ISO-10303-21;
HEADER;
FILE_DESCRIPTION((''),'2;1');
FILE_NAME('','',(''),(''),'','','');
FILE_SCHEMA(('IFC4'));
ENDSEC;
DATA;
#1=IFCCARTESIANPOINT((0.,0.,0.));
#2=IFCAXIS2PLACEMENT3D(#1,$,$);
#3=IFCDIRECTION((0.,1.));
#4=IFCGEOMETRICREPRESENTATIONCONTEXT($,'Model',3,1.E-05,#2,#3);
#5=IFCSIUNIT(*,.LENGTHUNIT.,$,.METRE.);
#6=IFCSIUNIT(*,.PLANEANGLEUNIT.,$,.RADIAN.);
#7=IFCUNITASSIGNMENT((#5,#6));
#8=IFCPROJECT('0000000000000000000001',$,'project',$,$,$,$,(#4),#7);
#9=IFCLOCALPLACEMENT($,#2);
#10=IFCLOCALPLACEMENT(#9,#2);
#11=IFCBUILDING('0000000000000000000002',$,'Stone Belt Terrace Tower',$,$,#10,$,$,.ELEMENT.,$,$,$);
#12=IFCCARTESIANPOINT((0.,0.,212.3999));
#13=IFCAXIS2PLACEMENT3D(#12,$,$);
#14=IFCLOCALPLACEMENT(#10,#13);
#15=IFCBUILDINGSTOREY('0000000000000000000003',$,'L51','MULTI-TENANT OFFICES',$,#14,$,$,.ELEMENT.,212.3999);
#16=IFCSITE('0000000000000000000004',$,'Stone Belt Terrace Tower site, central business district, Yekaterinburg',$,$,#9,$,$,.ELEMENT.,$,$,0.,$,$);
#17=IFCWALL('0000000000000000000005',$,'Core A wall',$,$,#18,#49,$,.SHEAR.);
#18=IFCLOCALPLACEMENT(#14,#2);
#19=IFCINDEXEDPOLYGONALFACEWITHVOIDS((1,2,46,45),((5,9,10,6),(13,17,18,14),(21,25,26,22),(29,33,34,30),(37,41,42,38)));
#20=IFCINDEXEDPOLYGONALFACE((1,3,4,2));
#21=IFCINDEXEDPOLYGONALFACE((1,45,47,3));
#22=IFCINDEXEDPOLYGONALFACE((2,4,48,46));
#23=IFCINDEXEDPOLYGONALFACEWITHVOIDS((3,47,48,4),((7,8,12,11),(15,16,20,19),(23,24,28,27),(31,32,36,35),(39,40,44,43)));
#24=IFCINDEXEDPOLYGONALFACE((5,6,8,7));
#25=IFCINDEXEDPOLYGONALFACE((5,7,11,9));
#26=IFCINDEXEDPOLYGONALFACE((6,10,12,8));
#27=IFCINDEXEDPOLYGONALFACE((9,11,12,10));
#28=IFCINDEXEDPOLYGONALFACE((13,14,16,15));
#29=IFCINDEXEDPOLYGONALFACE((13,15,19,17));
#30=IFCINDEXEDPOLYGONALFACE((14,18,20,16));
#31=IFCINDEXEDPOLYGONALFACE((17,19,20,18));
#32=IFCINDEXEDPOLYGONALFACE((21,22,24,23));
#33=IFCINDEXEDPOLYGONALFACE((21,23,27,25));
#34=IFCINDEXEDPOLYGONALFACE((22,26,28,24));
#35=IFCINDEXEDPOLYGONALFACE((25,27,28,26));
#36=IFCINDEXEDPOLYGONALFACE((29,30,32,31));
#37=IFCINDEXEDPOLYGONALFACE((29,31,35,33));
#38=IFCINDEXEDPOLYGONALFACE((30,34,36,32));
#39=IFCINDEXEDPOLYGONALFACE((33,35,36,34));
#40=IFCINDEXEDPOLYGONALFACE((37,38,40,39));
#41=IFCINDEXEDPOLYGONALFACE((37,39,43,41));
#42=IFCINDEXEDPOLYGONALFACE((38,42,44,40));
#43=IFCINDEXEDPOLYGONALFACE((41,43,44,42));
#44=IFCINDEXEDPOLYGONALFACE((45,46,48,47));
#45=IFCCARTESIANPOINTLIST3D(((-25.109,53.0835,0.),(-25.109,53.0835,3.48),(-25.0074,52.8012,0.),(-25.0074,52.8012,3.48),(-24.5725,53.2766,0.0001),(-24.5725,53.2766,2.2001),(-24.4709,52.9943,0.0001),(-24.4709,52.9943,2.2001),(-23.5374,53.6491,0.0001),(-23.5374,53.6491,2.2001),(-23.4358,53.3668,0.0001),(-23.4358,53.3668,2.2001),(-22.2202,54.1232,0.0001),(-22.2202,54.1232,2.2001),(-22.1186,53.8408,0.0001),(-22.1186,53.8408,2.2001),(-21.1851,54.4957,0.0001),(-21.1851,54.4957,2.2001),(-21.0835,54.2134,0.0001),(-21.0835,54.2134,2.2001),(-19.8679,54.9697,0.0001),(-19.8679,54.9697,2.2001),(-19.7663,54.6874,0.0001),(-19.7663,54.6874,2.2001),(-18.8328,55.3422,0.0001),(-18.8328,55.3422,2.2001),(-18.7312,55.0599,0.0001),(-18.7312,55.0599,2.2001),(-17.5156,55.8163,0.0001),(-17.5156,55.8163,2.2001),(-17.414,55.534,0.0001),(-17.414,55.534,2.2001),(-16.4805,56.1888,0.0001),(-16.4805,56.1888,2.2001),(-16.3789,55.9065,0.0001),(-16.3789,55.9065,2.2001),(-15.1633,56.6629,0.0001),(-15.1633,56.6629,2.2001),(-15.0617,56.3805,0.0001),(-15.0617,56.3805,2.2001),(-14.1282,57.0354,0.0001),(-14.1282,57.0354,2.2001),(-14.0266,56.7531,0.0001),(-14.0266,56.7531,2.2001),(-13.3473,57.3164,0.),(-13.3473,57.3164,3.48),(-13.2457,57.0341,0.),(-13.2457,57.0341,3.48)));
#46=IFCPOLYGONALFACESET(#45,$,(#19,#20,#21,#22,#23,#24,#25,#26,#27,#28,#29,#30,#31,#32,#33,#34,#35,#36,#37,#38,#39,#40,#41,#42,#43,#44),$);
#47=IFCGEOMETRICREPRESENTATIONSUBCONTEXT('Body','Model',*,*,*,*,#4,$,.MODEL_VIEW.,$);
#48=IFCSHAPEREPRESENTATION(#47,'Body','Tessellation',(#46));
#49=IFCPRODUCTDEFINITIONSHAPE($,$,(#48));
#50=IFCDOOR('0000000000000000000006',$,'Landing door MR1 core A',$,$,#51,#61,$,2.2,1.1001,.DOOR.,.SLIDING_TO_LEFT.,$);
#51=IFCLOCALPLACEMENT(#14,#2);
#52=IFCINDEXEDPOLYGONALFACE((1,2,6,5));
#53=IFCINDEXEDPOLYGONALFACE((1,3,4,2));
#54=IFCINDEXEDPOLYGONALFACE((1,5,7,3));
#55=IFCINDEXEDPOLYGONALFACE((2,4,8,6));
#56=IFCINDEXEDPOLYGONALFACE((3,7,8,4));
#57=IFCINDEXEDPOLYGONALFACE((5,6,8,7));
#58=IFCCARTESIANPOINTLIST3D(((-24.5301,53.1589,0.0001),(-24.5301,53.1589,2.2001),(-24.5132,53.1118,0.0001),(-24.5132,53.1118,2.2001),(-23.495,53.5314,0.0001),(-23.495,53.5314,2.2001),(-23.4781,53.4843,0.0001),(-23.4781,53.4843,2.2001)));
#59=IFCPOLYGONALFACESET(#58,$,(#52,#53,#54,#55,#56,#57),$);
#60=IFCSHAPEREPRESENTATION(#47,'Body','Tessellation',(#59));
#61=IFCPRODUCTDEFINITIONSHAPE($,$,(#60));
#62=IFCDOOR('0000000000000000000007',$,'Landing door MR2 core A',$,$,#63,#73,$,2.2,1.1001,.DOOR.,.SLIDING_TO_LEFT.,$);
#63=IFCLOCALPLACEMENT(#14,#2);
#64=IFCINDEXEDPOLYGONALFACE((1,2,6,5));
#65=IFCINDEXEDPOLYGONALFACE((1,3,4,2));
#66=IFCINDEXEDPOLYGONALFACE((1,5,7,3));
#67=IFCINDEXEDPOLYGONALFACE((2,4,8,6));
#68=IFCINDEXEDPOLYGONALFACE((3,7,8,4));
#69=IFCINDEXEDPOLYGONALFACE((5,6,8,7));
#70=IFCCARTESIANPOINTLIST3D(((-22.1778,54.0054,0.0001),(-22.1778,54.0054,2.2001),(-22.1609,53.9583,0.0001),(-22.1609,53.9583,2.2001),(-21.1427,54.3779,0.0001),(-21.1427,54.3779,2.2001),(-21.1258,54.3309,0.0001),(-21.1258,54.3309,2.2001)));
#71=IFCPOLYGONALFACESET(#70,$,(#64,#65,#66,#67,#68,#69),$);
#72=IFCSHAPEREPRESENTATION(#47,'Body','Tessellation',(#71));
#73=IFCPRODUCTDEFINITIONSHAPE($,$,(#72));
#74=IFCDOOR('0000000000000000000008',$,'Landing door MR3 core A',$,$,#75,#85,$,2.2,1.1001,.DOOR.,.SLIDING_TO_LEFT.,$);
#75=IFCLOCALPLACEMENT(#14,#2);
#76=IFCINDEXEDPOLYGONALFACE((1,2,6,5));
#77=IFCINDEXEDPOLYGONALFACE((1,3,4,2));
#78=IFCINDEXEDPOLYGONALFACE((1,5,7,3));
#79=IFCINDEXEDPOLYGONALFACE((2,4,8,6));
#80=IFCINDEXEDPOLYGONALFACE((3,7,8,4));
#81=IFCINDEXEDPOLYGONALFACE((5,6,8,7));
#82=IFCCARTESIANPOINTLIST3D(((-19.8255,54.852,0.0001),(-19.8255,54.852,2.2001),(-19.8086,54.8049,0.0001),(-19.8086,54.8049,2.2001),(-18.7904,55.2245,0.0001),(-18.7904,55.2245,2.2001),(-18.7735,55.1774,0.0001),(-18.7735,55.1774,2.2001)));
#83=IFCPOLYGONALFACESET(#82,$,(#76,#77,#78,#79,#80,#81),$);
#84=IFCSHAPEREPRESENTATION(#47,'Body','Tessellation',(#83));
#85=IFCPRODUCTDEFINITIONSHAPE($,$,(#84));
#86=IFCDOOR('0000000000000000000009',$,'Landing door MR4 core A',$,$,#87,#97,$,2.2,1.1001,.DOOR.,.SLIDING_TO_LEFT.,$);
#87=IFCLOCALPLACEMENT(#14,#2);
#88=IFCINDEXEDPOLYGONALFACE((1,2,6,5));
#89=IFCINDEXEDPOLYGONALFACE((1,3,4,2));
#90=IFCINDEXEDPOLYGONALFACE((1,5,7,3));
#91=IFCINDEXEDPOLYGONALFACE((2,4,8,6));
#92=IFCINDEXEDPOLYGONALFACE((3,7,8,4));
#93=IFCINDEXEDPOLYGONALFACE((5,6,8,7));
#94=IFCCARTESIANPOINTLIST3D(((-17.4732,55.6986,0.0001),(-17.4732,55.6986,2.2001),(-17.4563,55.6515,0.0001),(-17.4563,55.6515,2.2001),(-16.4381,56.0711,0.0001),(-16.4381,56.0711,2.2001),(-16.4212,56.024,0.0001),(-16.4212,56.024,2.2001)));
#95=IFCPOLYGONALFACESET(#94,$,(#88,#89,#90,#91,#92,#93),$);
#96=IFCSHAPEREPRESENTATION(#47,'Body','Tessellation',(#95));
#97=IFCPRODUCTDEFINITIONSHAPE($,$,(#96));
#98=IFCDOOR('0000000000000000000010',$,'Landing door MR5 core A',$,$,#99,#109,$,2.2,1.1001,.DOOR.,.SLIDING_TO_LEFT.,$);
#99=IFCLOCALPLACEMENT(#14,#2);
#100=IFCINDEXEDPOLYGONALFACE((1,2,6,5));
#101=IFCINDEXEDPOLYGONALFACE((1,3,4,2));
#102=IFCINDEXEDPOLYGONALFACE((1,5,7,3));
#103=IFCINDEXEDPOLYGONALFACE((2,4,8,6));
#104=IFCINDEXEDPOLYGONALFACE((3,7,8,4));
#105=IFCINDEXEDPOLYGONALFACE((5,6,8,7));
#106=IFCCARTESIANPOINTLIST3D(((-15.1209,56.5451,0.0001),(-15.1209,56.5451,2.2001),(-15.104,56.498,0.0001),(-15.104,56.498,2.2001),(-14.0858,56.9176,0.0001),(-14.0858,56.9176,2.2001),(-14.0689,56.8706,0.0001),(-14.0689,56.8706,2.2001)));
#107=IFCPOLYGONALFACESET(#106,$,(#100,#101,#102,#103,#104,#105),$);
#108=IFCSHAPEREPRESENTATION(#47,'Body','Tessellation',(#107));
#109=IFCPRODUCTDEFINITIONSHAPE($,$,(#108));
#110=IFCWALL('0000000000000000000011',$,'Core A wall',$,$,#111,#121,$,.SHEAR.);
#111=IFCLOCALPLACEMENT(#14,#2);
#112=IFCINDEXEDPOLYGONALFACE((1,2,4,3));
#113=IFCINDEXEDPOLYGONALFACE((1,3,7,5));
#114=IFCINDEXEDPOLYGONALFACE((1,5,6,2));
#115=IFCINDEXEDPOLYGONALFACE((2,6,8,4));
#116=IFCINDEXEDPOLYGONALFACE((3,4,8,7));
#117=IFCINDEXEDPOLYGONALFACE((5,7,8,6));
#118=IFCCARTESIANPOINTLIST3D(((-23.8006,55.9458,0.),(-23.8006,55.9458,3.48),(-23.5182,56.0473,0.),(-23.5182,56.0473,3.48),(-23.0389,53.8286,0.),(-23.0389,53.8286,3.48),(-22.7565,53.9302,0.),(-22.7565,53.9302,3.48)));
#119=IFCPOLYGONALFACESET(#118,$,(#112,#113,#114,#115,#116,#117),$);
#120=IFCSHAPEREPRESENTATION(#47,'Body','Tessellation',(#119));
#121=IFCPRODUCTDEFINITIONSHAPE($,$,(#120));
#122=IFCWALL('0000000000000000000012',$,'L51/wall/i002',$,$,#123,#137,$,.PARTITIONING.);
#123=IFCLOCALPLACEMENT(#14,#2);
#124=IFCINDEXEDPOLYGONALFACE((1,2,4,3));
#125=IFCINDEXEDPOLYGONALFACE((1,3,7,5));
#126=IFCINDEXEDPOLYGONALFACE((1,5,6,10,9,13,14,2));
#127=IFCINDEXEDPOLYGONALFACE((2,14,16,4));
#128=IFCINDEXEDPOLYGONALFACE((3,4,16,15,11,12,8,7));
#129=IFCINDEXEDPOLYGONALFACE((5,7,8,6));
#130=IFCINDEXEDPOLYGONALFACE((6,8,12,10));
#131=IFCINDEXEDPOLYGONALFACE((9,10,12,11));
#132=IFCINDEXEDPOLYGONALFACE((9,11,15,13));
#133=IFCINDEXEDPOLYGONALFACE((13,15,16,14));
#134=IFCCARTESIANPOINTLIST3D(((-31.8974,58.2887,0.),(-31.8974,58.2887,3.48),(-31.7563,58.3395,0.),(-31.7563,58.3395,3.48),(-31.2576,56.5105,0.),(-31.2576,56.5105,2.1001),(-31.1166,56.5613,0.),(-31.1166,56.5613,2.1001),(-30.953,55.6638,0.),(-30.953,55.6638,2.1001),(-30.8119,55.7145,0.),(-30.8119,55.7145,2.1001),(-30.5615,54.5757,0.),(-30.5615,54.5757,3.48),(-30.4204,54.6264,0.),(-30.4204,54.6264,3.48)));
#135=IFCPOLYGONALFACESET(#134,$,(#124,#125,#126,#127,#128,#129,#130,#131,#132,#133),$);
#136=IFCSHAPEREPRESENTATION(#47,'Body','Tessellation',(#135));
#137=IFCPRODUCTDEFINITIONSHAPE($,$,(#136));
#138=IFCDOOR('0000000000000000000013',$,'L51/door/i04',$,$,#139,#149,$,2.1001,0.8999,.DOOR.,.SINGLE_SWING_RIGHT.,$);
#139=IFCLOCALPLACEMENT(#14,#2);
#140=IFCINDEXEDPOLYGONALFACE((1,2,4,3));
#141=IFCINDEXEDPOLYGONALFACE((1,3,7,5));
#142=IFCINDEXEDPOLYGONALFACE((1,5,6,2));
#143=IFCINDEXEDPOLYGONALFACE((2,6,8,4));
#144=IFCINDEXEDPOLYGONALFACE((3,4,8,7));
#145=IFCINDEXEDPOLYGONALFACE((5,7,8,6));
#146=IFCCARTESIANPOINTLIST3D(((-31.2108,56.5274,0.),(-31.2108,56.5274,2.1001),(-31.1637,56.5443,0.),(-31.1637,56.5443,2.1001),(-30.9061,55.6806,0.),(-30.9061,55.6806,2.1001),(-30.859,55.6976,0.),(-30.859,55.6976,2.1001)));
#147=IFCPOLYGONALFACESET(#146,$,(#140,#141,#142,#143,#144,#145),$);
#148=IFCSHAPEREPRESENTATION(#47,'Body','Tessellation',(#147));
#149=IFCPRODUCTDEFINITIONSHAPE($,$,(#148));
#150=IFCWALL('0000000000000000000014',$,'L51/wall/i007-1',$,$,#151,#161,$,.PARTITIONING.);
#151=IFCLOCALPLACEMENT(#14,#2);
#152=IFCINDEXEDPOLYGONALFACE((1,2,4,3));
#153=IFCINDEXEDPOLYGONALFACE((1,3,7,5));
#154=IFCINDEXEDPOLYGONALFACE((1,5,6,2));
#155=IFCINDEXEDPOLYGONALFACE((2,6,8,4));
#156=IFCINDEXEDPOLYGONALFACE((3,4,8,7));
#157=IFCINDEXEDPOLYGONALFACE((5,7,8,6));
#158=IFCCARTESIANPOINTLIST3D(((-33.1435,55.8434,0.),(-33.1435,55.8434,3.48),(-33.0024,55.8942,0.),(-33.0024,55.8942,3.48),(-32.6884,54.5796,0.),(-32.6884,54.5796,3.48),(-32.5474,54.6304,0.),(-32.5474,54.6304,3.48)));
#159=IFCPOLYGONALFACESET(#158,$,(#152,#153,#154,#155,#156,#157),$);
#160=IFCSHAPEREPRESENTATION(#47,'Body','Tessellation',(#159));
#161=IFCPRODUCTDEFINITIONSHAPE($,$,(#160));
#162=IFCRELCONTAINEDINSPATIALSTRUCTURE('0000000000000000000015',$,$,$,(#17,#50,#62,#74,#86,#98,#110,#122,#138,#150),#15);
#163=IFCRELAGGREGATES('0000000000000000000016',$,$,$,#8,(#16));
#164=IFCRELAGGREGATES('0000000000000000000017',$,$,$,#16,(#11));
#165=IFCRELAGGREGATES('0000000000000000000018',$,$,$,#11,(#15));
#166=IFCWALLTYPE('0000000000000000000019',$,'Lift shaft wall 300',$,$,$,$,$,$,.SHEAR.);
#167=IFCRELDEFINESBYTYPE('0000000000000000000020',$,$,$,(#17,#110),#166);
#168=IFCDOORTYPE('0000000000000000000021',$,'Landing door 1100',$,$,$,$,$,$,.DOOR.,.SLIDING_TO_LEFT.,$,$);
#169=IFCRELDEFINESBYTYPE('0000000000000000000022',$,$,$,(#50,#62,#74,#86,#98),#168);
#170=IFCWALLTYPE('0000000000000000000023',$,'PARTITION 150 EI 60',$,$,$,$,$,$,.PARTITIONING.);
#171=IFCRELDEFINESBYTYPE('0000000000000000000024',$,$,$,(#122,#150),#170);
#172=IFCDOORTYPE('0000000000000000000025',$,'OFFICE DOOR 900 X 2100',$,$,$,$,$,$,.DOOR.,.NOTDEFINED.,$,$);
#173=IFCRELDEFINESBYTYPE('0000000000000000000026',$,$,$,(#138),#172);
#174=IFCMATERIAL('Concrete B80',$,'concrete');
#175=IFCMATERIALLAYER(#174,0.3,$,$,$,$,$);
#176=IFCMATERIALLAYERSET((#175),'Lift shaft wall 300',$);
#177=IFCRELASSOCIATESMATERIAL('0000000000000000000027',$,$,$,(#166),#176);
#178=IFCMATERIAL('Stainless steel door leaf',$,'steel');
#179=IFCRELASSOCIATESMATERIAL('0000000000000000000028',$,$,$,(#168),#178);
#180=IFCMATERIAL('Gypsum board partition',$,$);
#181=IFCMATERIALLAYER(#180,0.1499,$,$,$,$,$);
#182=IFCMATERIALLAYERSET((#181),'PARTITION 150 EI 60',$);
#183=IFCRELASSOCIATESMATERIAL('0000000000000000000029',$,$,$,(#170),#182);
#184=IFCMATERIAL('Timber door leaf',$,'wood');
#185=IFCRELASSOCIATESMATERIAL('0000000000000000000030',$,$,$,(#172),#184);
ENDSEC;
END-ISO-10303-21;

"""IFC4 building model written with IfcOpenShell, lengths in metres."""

from ifc_helpers import new_model, si_unit, direction, frame, frame_2d, origin, place, context, subcontext, project, spatial, rectangle, extrude, material, layer, layer_set, type_object, element, fill, save


model = new_model("IFC4")

# Units and contexts
model_context = context("Model", 3, precision=1e-05, world=origin(), true_north=direction((0.0, 1.0)))
body_context = subcontext(model_context, "Body", "Model", "MODEL_VIEW")
ifc_project = project(units=[si_unit("LENGTHUNIT", "METRE"), si_unit("PLANEANGLEUNIT", "RADIAN")], contexts=[model_context])

# Site, building, storey
site_placement = place(None, origin())
site = spatial("IfcSite", under=ifc_project, at=site_placement, Name="Stone Belt Terrace Tower site, central business district, Yekaterinburg", CompositionType="ELEMENT", RefElevation=0.0)
building_placement = place(site_placement, origin())
building = spatial("IfcBuilding", under=site, at=building_placement, Name="Stone Belt Terrace Tower", CompositionType="ELEMENT")
storey_placement = place(building_placement, frame((0.0, 0.0, 212.3999)))
storey = spatial("IfcBuildingStorey", under=building, at=storey_placement, Name="L51", Description="MULTI-TENANT OFFICES", CompositionType="ELEMENT", Elevation=212.3999)

# Shared definitions
ifc_material_1 = material(Name="Timber door leaf", Category="wood")

# Shared definitions
ifc_material_2 = material(Name="Concrete B80", Category="concrete")
ifc_layer_1 = layer(ifc_material_2, 0.3)
ifc_layer_set_1 = layer_set([ifc_layer_1], Name="Lift shaft wall 300")
wall_type_1 = type_object("IfcWallType", Name="Lift shaft wall 300", PredefinedType="SHEAR", material=ifc_layer_set_1)
ifc_material_3 = material(Name="Stainless steel door leaf", Category="steel")

# Wall, openings, doors
wall_1_placement = place(storey_placement, frame((-25.0581, 52.9424, 0.0), z_axis=(0.0, 0.0, 1.0), x_axis=(0.940921, 0.338627, 0.0)))
wall_1 = element("IfcWall", 1, at=wall_1_placement, inside=storey, type_object=wall_type_1, Name="Core A wall", PredefinedType="SHEAR", context=body_context, shape_type="SweptSolid", body=[
    extrude(rectangle(XDim=12.5002, YDim=0.3, at=frame_2d((6.25, 0.0))), origin(), (0.0, 0.0, 1.0), 3.48),
])
opening_1_placement = place(wall_1_placement, frame((0.5701, 0.0, 0.0)))
opening_1 = element("IfcOpeningElement", 2, at=opening_1_placement, cuts=wall_1, PredefinedType="OPENING", context=body_context, shape_type="SweptSolid", body=[
    extrude(rectangle(XDim=1.1001, YDim=2.2, at=frame_2d((0.55, 1.1001))), frame((0.0, 0.1599, 0.0), z_axis=(0.0, -1.0, 0.0), x_axis=(1.0, 0.0, 0.0)), (0.0, 0.0, 1.0), 0.3201),
])
opening_2_placement = place(wall_1_placement, frame((3.0701, 0.0, 0.0)))
opening_2 = element("IfcOpeningElement", 3, at=opening_2_placement, cuts=wall_1, PredefinedType="OPENING", context=body_context, shape_type="SweptSolid", body=[
    extrude(rectangle(XDim=1.1001, YDim=2.2, at=frame_2d((0.55, 1.1001))), frame((0.0, 0.1599, 0.0), z_axis=(0.0, -1.0, 0.0), x_axis=(1.0, 0.0, 0.0)), (0.0, 0.0, 1.0), 0.3201),
])
opening_3_placement = place(wall_1_placement, frame((5.5701, 0.0, 0.0)))
opening_3 = element("IfcOpeningElement", 4, at=opening_3_placement, cuts=wall_1, PredefinedType="OPENING", context=body_context, shape_type="SweptSolid", body=[
    extrude(rectangle(XDim=1.1001, YDim=2.2, at=frame_2d((0.55, 1.1001))), frame((0.0, 0.1599, 0.0), z_axis=(0.0, -1.0, 0.0), x_axis=(1.0, 0.0, 0.0)), (0.0, 0.0, 1.0), 0.3201),
])
opening_4_placement = place(wall_1_placement, frame((8.0701, 0.0, 0.0)))
opening_4 = element("IfcOpeningElement", 5, at=opening_4_placement, cuts=wall_1, PredefinedType="OPENING", context=body_context, shape_type="SweptSolid", body=[
    extrude(rectangle(XDim=1.1001, YDim=2.2, at=frame_2d((0.55, 1.1001))), frame((0.0, 0.1599, 0.0), z_axis=(0.0, -1.0, 0.0), x_axis=(1.0, 0.0, 0.0)), (0.0, 0.0, 1.0), 0.3201),
])
opening_5_placement = place(wall_1_placement, frame((10.5701, 0.0, 0.0)))
opening_5 = element("IfcOpeningElement", 6, at=opening_5_placement, cuts=wall_1, PredefinedType="OPENING", context=body_context, shape_type="SweptSolid", body=[
    extrude(rectangle(XDim=1.1001, YDim=2.2, at=frame_2d((0.55, 1.1001))), frame((0.0, 0.1599, 0.0), z_axis=(0.0, -1.0, 0.0), x_axis=(1.0, 0.0, 0.0)), (0.0, 0.0, 1.0), 0.3201),
])
door_type_1 = type_object("IfcDoorType", Name="Landing door 1100", OperationType="SLIDING_TO_LEFT", PredefinedType="DOOR", material=ifc_material_3)
door_1_placement = place(opening_1_placement, origin())
door_1 = element("IfcDoor", 7, at=door_1_placement, inside=storey, type_object=door_type_1, Name="Landing door MR1 core A", OperationType="SLIDING_TO_LEFT", OverallHeight=2.2, OverallWidth=1.1001, PredefinedType="DOOR", context=body_context, shape_type="SweptSolid", body=[
    extrude(rectangle(XDim=1.1001, YDim=2.2, at=frame_2d((0.55, 1.1001))), frame((0.0, 0.0249, 0.0), z_axis=(0.0, -1.0, 0.0), x_axis=(1.0, 0.0, 0.0)), (0.0, 0.0, 1.0), 0.05),
])
fill(opening_1, door_1)
door_2_placement = place(opening_2_placement, origin())
door_2 = element("IfcDoor", 8, at=door_2_placement, inside=storey, type_object=door_type_1, Name="Landing door MR2 core A", OperationType="SLIDING_TO_LEFT", OverallHeight=2.2, OverallWidth=1.1001, PredefinedType="DOOR", context=body_context, shape_type="SweptSolid", body=[
    extrude(rectangle(XDim=1.1001, YDim=2.2, at=frame_2d((0.55, 1.1001))), frame((0.0, 0.0249, 0.0), z_axis=(0.0, -1.0, 0.0), x_axis=(1.0, 0.0, 0.0)), (0.0, 0.0, 1.0), 0.05),
])
fill(opening_2, door_2)
door_3_placement = place(opening_3_placement, origin())
door_3 = element("IfcDoor", 9, at=door_3_placement, inside=storey, type_object=door_type_1, Name="Landing door MR3 core A", OperationType="SLIDING_TO_LEFT", OverallHeight=2.2, OverallWidth=1.1001, PredefinedType="DOOR", context=body_context, shape_type="SweptSolid", body=[
    extrude(rectangle(XDim=1.1001, YDim=2.2, at=frame_2d((0.55, 1.1001))), frame((0.0, 0.0249, 0.0), z_axis=(0.0, -1.0, 0.0), x_axis=(1.0, 0.0, 0.0)), (0.0, 0.0, 1.0), 0.05),
])
fill(opening_3, door_3)
door_4_placement = place(opening_4_placement, origin())
door_4 = element("IfcDoor", 10, at=door_4_placement, inside=storey, type_object=door_type_1, Name="Landing door MR4 core A", OperationType="SLIDING_TO_LEFT", OverallHeight=2.2, OverallWidth=1.1001, PredefinedType="DOOR", context=body_context, shape_type="SweptSolid", body=[
    extrude(rectangle(XDim=1.1001, YDim=2.2, at=frame_2d((0.55, 1.1001))), frame((0.0, 0.0249, 0.0), z_axis=(0.0, -1.0, 0.0), x_axis=(1.0, 0.0, 0.0)), (0.0, 0.0, 1.0), 0.05),
])
fill(opening_4, door_4)
door_5_placement = place(opening_5_placement, origin())
door_5 = element("IfcDoor", 11, at=door_5_placement, inside=storey, type_object=door_type_1, Name="Landing door MR5 core A", OperationType="SLIDING_TO_LEFT", OverallHeight=2.2, OverallWidth=1.1001, PredefinedType="DOOR", context=body_context, shape_type="SweptSolid", body=[
    extrude(rectangle(XDim=1.1001, YDim=2.2, at=frame_2d((0.55, 1.1001))), frame((0.0, 0.0249, 0.0), z_axis=(0.0, -1.0, 0.0), x_axis=(1.0, 0.0, 0.0)), (0.0, 0.0, 1.0), 0.05),
])
fill(opening_5, door_5)

# Wall
wall_2_placement = place(storey_placement, frame((-22.8977, 53.8794, 0.0), z_axis=(0.0, 0.0, 1.0), x_axis=(-0.338535, 0.940954, 0.0)))
element("IfcWall", 12, at=wall_2_placement, inside=storey, type_object=wall_type_1, Name="Core A wall", PredefinedType="SHEAR", context=body_context, shape_type="SweptSolid", body=[
    extrude(rectangle(XDim=2.25, YDim=0.3, at=frame_2d((1.125, 0.0))), origin(), (0.0, 0.0, 1.0), 3.48),
])

# Wall, opening, door
ifc_material_4 = material(Name="Gypsum board partition")
ifc_layer_2 = layer(ifc_material_4, 0.1499)
ifc_layer_set_2 = layer_set([ifc_layer_2], Name="PARTITION 150 EI 60")
wall_type_2 = type_object("IfcWallType", Name="PARTITION 150 EI 60", PredefinedType="PARTITIONING", material=ifc_layer_set_2)
wall_3_placement = place(storey_placement, frame((-31.8269, 58.3142, 0.0), z_axis=(0.0, 0.0, 1.0), x_axis=(0.338542, -0.940951, 0.0)))
wall_3 = element("IfcWall", 13, at=wall_3_placement, inside=storey, type_object=wall_type_2, Name="L51/wall/i002", PredefinedType="PARTITIONING", context=body_context, shape_type="SweptSolid", body=[
    extrude(rectangle(XDim=3.946, YDim=0.1499, at=frame_2d((1.9731, 0.0))), origin(), (0.0, 0.0, 1.0), 3.48),
])
opening_6_placement = place(wall_3_placement, frame((1.8899, 0.0, 0.0)))
opening_6 = element("IfcOpeningElement", 14, at=opening_6_placement, cuts=wall_3, PredefinedType="OPENING", context=body_context, shape_type="SweptSolid", body=[
    extrude(rectangle(XDim=0.8999, YDim=2.1001, at=frame_2d((0.45, 1.05))), frame((0.0, 0.085, 0.0), z_axis=(0.0, -1.0, 0.0), x_axis=(1.0, 0.0, 0.0)), (0.0, 0.0, 1.0), 0.1699),
])
door_type_2 = type_object("IfcDoorType", Name="OFFICE DOOR 900 X 2100", OperationType="NOTDEFINED", PredefinedType="DOOR", material=ifc_material_1)
door_6_placement = place(opening_6_placement, origin())
door_6 = element("IfcDoor", 15, at=door_6_placement, inside=storey, type_object=door_type_2, Name="L51/door/i04", OperationType="SINGLE_SWING_RIGHT", OverallHeight=2.1001, OverallWidth=0.8999, PredefinedType="DOOR", context=body_context, shape_type="SweptSolid", body=[
    extrude(rectangle(XDim=0.8999, YDim=2.1001, at=frame_2d((0.45, 1.05))), frame((0.0, 0.0249, 0.0), z_axis=(0.0, -1.0, 0.0), x_axis=(1.0, 0.0, 0.0)), (0.0, 0.0, 1.0), 0.05),
])
fill(opening_6, door_6)

# Wall
wall_4_placement = place(storey_placement, frame((-32.6179, 54.605, 0.0), z_axis=(0.0, 0.0, 1.0), x_axis=(-0.338765, 0.940871, 0.0)))
element("IfcWall", 16, at=wall_4_placement, inside=storey, type_object=wall_type_2, Name="L51/wall/i007-1", PredefinedType="PARTITIONING", context=body_context, shape_type="SweptSolid", body=[
    extrude(rectangle(XDim=1.3433, YDim=0.1499, at=frame_2d((0.6716, 0.0))), origin(), (0.0, 0.0, 1.0), 3.48),
])

save(model, "model.ifc")
